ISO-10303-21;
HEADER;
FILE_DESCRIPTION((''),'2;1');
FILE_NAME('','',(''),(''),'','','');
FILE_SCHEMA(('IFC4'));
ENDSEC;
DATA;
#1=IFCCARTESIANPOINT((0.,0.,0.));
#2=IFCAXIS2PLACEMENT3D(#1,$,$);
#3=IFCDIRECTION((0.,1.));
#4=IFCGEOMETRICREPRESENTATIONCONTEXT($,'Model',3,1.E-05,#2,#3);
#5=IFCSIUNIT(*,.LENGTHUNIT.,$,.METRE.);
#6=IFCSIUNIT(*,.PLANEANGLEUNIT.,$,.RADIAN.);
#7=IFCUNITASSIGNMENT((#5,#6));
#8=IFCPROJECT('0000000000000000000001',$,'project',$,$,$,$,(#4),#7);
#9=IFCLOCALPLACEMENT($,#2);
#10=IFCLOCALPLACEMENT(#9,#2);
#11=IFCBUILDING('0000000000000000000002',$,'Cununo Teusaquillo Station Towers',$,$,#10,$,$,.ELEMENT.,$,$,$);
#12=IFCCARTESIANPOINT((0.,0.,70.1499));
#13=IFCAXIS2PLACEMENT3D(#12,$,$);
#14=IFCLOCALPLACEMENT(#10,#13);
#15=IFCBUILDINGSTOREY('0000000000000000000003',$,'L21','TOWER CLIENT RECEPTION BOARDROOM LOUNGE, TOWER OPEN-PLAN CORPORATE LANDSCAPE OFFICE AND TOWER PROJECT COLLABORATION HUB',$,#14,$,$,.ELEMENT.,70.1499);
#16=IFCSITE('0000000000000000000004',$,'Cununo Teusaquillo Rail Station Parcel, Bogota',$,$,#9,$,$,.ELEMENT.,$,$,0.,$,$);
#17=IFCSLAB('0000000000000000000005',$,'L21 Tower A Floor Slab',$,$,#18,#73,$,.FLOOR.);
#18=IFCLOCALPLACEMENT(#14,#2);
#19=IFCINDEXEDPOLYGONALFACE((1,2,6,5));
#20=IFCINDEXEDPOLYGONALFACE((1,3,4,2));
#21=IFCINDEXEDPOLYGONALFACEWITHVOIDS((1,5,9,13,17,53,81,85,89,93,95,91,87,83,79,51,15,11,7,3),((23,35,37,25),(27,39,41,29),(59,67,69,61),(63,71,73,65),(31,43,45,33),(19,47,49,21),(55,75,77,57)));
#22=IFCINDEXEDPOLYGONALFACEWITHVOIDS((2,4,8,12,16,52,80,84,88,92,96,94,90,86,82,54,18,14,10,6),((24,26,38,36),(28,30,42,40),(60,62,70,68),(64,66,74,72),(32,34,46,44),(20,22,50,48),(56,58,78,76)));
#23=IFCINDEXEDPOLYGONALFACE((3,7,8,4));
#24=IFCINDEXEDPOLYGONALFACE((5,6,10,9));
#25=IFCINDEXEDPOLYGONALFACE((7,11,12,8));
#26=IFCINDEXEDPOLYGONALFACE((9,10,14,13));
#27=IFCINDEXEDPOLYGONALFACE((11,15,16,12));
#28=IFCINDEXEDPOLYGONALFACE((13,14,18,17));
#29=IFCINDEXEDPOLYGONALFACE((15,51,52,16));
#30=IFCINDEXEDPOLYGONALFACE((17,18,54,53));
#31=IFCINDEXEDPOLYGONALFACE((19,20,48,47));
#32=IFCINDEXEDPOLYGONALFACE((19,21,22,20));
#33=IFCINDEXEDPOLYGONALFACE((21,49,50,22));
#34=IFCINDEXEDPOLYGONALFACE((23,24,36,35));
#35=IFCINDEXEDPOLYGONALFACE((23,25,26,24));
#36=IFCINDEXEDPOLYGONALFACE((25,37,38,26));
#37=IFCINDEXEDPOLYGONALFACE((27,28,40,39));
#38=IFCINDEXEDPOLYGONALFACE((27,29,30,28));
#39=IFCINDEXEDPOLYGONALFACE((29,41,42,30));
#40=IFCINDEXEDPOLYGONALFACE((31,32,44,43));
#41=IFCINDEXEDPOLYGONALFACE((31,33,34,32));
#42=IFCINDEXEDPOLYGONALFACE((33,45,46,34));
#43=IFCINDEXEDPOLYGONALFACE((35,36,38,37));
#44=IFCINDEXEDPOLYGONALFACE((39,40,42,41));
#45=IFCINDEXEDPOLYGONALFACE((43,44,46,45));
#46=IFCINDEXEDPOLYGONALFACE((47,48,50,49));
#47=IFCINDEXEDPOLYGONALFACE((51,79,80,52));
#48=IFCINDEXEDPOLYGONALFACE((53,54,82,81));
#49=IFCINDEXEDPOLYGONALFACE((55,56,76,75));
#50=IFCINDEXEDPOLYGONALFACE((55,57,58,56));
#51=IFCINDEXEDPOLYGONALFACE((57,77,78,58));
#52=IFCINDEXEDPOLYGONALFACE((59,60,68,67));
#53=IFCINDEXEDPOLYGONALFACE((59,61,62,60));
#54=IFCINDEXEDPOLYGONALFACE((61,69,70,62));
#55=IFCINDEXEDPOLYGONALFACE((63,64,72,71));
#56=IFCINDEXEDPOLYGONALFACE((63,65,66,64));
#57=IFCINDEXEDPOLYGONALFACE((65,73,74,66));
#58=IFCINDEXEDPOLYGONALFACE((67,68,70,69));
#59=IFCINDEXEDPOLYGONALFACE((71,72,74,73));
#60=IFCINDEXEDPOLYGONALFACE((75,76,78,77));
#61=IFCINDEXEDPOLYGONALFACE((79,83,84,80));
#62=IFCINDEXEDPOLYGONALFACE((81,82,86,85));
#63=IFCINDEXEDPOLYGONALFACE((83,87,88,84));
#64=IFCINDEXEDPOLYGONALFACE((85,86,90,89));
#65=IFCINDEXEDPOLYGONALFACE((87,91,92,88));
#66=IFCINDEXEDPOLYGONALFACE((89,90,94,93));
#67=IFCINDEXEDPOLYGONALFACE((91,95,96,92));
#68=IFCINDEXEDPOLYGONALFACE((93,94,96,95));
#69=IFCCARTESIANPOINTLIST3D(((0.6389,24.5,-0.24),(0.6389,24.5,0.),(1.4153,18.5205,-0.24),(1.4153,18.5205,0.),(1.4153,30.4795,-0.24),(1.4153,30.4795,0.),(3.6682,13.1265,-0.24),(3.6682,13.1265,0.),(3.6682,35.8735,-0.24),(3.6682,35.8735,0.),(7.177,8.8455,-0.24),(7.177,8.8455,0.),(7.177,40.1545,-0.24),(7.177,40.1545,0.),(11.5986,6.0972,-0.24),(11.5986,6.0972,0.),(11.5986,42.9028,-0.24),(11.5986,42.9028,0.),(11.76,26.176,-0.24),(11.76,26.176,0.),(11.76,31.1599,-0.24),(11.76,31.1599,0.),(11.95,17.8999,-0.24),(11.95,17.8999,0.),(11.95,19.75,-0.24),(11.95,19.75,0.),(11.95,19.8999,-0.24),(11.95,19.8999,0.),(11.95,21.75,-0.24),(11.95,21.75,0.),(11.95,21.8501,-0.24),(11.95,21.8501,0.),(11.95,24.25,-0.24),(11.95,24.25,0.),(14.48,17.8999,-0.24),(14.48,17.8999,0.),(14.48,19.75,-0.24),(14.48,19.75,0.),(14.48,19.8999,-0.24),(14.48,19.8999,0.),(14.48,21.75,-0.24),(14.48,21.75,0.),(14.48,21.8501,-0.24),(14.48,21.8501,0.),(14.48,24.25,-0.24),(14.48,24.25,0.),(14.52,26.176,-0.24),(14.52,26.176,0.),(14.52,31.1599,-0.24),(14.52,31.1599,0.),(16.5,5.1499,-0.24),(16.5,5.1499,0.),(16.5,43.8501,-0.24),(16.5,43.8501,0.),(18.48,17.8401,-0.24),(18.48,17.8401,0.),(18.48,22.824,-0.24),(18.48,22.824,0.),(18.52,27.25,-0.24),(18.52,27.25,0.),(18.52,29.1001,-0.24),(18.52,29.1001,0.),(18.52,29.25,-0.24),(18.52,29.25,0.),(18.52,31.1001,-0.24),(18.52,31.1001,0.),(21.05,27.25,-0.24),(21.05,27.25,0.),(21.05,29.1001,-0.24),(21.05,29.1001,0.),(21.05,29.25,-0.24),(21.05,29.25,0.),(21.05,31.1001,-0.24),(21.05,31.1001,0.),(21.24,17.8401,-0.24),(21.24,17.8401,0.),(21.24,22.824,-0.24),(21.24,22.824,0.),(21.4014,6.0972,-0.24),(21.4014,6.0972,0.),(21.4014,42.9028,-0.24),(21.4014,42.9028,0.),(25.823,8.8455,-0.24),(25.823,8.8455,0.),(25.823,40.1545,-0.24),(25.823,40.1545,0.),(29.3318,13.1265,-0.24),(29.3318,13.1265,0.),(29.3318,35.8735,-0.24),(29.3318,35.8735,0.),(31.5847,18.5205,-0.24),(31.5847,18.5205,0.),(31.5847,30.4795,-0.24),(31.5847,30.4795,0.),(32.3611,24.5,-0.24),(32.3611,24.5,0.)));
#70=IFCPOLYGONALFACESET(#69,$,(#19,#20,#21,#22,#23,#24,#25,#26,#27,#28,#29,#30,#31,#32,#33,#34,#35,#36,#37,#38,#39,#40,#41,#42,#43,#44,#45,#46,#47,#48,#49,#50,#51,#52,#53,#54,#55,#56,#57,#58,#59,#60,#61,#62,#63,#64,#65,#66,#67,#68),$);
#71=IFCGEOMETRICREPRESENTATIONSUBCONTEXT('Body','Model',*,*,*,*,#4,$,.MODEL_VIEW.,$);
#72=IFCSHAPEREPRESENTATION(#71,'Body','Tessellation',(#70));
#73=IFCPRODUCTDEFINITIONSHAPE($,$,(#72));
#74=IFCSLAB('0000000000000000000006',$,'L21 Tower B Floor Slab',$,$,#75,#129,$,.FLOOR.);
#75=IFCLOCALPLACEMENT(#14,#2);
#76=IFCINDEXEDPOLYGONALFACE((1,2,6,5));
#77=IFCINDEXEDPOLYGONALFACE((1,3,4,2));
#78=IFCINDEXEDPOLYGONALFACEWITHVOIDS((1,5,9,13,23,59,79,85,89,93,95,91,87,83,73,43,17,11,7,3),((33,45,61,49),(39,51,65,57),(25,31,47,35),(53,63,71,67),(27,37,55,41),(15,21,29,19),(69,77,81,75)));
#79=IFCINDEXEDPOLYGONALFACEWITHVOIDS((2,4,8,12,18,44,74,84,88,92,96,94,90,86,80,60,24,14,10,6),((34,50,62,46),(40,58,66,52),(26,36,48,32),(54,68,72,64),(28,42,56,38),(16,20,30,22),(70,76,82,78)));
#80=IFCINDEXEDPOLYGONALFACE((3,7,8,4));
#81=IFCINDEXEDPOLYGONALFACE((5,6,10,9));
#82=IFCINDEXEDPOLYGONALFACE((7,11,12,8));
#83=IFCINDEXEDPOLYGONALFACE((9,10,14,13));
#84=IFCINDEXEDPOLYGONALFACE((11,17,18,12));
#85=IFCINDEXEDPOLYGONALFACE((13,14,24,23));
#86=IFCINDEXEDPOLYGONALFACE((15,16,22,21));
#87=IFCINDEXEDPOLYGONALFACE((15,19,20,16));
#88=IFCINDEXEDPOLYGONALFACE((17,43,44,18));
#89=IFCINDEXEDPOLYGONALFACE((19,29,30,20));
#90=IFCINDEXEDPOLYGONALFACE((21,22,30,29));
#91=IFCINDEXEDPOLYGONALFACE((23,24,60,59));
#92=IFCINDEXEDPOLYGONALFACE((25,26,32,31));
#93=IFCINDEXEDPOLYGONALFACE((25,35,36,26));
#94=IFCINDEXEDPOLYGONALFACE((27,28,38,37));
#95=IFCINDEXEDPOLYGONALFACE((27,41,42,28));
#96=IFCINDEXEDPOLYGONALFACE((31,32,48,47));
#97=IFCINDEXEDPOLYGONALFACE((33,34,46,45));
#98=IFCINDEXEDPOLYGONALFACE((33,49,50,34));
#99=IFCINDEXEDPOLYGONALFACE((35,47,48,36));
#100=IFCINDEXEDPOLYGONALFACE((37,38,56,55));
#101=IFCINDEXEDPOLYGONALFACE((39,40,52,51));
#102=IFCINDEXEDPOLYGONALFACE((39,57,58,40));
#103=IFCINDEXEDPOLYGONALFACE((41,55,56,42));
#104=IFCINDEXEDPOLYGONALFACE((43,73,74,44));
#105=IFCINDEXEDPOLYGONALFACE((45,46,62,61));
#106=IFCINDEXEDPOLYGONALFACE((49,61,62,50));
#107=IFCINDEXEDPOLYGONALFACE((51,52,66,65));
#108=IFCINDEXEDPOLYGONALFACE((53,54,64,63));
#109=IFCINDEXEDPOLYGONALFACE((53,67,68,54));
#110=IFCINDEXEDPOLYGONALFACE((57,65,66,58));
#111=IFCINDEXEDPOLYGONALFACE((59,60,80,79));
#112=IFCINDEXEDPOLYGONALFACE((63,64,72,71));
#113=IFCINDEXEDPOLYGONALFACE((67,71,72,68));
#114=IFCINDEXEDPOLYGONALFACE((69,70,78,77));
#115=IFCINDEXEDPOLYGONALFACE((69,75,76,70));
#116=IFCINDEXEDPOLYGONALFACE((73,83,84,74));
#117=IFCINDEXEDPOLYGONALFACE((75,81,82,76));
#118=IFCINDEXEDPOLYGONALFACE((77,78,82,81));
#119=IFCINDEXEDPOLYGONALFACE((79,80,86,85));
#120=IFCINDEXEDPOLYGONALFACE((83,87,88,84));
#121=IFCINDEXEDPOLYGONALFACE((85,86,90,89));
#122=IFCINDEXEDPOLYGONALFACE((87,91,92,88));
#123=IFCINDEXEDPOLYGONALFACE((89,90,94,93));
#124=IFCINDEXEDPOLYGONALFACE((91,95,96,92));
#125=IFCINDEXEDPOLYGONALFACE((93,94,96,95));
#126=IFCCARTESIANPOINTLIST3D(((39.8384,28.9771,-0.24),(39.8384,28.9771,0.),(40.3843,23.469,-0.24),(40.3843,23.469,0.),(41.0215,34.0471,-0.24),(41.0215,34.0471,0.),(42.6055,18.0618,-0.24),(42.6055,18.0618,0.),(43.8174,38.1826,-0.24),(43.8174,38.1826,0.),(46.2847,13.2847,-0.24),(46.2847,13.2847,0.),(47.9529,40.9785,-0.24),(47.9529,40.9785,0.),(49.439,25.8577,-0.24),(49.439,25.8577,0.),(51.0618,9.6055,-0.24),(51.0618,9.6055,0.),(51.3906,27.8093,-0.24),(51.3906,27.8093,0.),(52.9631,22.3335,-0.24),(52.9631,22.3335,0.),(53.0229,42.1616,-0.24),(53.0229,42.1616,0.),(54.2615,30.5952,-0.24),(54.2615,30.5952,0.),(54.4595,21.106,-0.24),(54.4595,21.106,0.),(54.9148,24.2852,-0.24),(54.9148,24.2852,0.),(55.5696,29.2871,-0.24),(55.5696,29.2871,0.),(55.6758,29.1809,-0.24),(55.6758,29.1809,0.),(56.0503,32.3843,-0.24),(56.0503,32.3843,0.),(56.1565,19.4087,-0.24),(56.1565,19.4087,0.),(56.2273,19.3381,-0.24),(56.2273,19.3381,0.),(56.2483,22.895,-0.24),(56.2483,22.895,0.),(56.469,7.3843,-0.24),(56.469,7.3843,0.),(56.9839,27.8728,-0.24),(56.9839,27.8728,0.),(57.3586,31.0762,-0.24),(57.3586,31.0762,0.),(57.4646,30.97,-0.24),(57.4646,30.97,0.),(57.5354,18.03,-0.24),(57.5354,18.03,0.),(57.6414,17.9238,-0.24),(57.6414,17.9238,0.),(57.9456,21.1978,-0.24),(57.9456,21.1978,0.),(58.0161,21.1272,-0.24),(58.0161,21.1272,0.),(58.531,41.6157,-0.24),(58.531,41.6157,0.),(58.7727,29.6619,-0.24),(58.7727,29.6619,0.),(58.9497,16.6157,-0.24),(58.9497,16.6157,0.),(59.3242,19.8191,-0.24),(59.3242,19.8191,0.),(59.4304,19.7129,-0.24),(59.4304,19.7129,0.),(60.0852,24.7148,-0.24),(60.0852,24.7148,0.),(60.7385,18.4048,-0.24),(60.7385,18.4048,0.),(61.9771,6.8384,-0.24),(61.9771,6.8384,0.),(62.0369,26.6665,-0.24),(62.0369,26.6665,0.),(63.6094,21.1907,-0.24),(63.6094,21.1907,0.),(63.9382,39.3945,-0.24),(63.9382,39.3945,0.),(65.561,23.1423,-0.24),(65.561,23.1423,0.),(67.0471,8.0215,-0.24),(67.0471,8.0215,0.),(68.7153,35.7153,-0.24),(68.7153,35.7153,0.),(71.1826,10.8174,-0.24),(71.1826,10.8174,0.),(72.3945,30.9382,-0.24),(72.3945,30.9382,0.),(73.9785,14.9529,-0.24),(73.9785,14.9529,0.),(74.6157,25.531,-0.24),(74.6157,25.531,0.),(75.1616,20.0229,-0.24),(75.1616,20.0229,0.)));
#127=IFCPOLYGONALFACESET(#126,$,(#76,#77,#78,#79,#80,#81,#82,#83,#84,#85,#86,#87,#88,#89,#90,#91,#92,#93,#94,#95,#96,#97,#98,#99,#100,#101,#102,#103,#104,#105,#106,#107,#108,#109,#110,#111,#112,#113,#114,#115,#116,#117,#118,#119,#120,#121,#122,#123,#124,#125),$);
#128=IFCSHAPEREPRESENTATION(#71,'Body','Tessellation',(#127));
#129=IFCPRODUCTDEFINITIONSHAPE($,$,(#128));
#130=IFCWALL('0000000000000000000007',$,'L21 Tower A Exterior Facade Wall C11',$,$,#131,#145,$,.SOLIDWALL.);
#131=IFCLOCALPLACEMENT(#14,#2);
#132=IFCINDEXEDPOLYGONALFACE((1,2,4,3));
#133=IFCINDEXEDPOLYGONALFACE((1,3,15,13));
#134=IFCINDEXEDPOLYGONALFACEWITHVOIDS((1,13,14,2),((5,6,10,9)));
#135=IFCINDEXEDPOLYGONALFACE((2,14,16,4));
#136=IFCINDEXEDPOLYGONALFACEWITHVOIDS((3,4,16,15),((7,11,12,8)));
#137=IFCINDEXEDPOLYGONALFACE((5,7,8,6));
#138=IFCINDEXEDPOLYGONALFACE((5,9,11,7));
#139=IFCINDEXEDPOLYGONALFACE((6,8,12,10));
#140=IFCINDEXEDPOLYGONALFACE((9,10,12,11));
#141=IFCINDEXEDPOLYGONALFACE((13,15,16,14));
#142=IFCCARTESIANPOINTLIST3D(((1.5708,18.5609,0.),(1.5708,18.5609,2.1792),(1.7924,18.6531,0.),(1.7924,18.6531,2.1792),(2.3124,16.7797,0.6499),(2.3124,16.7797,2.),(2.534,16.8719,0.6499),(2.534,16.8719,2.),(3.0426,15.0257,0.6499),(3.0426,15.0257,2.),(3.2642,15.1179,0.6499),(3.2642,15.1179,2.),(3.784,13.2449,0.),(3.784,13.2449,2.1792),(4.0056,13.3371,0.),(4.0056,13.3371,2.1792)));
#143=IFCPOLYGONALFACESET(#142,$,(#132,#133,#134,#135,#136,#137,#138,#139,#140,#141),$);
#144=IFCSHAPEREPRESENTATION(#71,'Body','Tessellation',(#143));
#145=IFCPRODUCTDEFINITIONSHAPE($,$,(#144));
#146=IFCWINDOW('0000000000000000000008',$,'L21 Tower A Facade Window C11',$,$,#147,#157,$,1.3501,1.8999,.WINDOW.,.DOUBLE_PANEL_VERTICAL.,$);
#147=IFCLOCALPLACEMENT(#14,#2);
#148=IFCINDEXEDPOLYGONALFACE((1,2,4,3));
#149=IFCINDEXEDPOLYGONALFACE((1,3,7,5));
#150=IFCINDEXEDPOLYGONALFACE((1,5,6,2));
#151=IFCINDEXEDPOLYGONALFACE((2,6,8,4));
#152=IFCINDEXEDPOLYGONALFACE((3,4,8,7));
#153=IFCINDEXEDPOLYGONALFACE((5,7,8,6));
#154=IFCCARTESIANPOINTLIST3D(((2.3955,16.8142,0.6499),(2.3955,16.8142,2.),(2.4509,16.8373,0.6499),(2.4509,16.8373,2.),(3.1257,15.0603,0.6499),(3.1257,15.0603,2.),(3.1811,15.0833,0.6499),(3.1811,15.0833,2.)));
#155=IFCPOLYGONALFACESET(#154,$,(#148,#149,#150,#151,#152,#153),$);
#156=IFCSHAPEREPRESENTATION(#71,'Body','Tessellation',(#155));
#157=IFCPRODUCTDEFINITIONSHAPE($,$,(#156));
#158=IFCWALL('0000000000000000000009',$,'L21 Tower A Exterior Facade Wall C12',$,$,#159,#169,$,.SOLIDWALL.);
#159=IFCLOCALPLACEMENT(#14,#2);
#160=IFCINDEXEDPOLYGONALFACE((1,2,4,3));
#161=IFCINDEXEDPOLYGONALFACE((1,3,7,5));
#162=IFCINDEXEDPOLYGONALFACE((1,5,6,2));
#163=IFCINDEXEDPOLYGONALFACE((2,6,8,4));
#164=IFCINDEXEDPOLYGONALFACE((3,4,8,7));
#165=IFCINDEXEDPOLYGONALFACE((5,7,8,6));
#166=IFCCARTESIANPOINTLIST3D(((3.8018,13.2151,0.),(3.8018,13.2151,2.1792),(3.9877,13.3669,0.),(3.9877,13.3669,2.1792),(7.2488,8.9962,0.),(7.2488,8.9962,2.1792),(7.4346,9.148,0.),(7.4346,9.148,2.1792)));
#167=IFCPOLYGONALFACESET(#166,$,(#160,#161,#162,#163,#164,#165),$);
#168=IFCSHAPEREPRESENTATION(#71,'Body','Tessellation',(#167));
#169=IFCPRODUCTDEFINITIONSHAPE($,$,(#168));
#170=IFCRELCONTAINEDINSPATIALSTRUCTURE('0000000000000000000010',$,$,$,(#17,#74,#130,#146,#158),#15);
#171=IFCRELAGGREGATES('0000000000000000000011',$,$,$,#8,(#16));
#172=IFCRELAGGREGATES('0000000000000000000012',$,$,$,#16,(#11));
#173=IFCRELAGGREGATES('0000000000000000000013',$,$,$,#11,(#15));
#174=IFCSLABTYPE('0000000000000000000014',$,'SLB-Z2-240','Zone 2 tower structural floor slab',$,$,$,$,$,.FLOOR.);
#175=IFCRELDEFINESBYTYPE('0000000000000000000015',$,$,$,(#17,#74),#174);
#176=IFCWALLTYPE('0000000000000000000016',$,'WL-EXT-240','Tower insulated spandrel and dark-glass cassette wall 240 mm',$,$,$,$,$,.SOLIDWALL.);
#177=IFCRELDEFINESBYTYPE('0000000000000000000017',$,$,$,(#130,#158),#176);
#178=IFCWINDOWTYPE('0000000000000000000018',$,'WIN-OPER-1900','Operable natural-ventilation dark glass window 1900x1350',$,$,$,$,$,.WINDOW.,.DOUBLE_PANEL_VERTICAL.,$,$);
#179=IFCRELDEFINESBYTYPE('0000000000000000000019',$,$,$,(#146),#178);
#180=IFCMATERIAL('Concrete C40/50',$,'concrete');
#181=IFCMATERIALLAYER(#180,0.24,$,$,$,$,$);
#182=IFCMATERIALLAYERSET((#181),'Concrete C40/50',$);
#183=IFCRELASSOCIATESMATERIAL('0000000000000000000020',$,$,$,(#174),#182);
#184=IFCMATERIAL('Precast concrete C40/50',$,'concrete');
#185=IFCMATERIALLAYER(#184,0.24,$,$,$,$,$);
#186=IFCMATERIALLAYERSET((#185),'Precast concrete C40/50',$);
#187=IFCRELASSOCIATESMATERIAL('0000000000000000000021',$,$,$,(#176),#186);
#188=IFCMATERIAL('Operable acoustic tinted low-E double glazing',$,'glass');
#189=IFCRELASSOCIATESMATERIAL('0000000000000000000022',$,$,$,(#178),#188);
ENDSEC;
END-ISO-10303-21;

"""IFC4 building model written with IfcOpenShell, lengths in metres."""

from ifc_helpers import new_model, si_unit, direction, frame, frame_2d, origin, place, context, subcontext, project, spatial, polyline, rectangle, outline, extrude, source, transform, mapped, material, layer, layer_set, type_object, element, fill, save


model = new_model("IFC4")

# Units and contexts
model_context = context("Model", 3, precision=1e-05, world=origin(), true_north=direction((0.0, 1.0)))
body_context = subcontext(model_context, "Body", "Model", "MODEL_VIEW")
ifc_project = project(units=[si_unit("LENGTHUNIT", "METRE"), si_unit("PLANEANGLEUNIT", "RADIAN")], contexts=[model_context])

# Site, building, storey
site_placement = place(None, origin())
site = spatial("IfcSite", under=ifc_project, at=site_placement, Name="Cununo Teusaquillo Rail Station Parcel, Bogota", CompositionType="ELEMENT", RefElevation=0.0)
building_placement = place(site_placement, origin())
building = spatial("IfcBuilding", under=site, at=building_placement, Name="Cununo Teusaquillo Station Towers", CompositionType="ELEMENT")
storey_placement = place(building_placement, frame((0.0, 0.0, 70.1499)))
storey = spatial("IfcBuildingStorey", under=building, at=storey_placement, Name="L21", Description="TOWER CLIENT RECEPTION BOARDROOM LOUNGE, TOWER OPEN-PLAN CORPORATE LANDSCAPE OFFICE AND TOWER PROJECT COLLABORATION HUB", CompositionType="ELEMENT", Elevation=70.1499)

# Slabs
ifc_material_1 = material(Name="Concrete C40/50", Category="concrete")
ifc_layer_1 = layer(ifc_material_1, 0.24)
ifc_layer_set_1 = layer_set([ifc_layer_1], Name="Concrete C40/50")
slab_type_1 = type_object("IfcSlabType", Name="SLB-Z2-240", Description="Zone 2 tower structural floor slab", PredefinedType="FLOOR", material=ifc_layer_set_1)
slab_1_placement = place(storey_placement, frame((0.0, 0.0, -0.24)))
element("IfcSlab", 1, at=slab_1_placement, inside=storey, type_object=slab_type_1, Name="L21 Tower A Floor Slab", PredefinedType="FLOOR", context=body_context, shape_type="SweptSolid", body=[
    extrude(outline(polyline([(32.3611, 24.5), (31.5847, 30.4795), (29.3318, 35.8735), (25.823, 40.1545), (21.4014, 42.9028), (16.5, 43.8501), (11.5986, 42.9028), (7.177, 40.1545), (3.6682, 35.8735), (1.4153, 30.4795), (0.6389, 24.5), (1.4153, 18.5205), (3.6682, 13.1265), (7.177, 8.8455), (11.5986, 6.0972), (16.5, 5.1499), (21.4014, 6.0972), (25.823, 8.8455), (29.3318, 13.1265), (31.5847, 18.5205), (32.3611, 24.5)]), holes=[polyline([(14.52, 26.176), (14.52, 31.1599), (11.76, 31.1599), (11.76, 26.176), (14.52, 26.176)]), polyline([(18.48, 22.824), (18.48, 17.8401), (21.24, 17.8401), (21.24, 22.824), (18.48, 22.824)]), polyline([(11.95, 21.8501), (14.48, 21.8501), (14.48, 24.25), (11.95, 24.25), (11.95, 21.8501)]), polyline([(11.95, 17.8999), (14.48, 17.8999), (14.48, 19.75), (11.95, 19.75), (11.95, 17.8999)]), polyline([(11.95, 19.8999), (14.48, 19.8999), (14.48, 21.75), (11.95, 21.75), (11.95, 19.8999)]), polyline([(18.52, 27.25), (21.05, 27.25), (21.05, 29.1001), (18.52, 29.1001), (18.52, 27.25)]), polyline([(18.52, 29.25), (21.05, 29.25), (21.05, 31.1001), (18.52, 31.1001), (18.52, 29.25)])]), origin(), (0.0, 0.0, 1.0), 0.24),
])
slab_2_placement = place(storey_placement, frame((0.0, 0.0, -0.24)))
element("IfcSlab", 2, at=slab_2_placement, inside=storey, type_object=slab_type_1, Name="L21 Tower B Floor Slab", PredefinedType="FLOOR", context=body_context, shape_type="SweptSolid", body=[
    extrude(outline(polyline([(68.7153, 35.7153), (63.9382, 39.3945), (58.531, 41.6157), (53.0229, 42.1616), (47.9529, 40.9785), (43.8174, 38.1826), (41.0215, 34.0471), (39.8384, 28.9771), (40.3843, 23.469), (42.6055, 18.0618), (46.2847, 13.2847), (51.0618, 9.6055), (56.469, 7.3843), (61.9771, 6.8384), (67.0471, 8.0215), (71.1826, 10.8174), (73.9785, 14.9529), (75.1616, 20.0229), (74.6157, 25.531), (72.3945, 30.9382), (68.7153, 35.7153)]), holes=[polyline([(54.9148, 24.2852), (51.3906, 27.8093), (49.439, 25.8577), (52.9631, 22.3335), (54.9148, 24.2852)]), polyline([(60.0852, 24.7148), (63.6094, 21.1907), (65.561, 23.1423), (62.0369, 26.6665), (60.0852, 24.7148)]), polyline([(56.1565, 19.4087), (57.9456, 21.1978), (56.2483, 22.895), (54.4595, 21.106), (56.1565, 19.4087)]), polyline([(58.9497, 16.6157), (60.7385, 18.4048), (59.4304, 19.7129), (57.6414, 17.9238), (58.9497, 16.6157)]), polyline([(57.5354, 18.03), (59.3242, 19.8191), (58.0161, 21.1272), (56.2273, 19.3381), (57.5354, 18.03)]), polyline([(56.9839, 27.8728), (58.7727, 29.6619), (57.4646, 30.97), (55.6758, 29.1809), (56.9839, 27.8728)]), polyline([(55.5696, 29.2871), (57.3586, 31.0762), (56.0503, 32.3843), (54.2615, 30.5952), (55.5696, 29.2871)])]), origin(), (0.0, 0.0, 1.0), 0.24),
])

# Wall, opening, window
ifc_material_2 = material(Name="Precast concrete C40/50", Category="concrete")
ifc_layer_2 = layer(ifc_material_2, 0.24)
ifc_layer_set_2 = layer_set([ifc_layer_2], Name="Precast concrete C40/50")
wall_type_1 = type_object("IfcWallType", Name="WL-EXT-240", Description="Tower insulated spandrel and dark-glass cassette wall 240 mm", PredefinedType="SOLIDWALL", material=ifc_layer_set_2)
wall_1_placement = place(storey_placement, frame((3.8948, 13.291, 0.0), z_axis=(0.0, 0.0, 1.0), x_axis=(-0.384344, 0.92319, 0.0)))
wall_1 = element("IfcWall", 3, at=wall_1_placement, inside=storey, type_object=wall_type_1, Name="L21 Tower A Exterior Facade Wall C11", PredefinedType="SOLIDWALL", context=body_context, shape_type="SweptSolid", body=[
    extrude(rectangle(XDim=5.7583, YDim=0.24, at=frame_2d((2.8792, 0.0))), origin(), (0.0, 0.0, 1.0), 2.1792),
])
shared_shape_1 = source(origin(), body_context, "Body", "SweptSolid", [
    extrude(rectangle(XDim=1.8999, YDim=1.3501, at=frame_2d((0.95, 0.675))), frame((0.0, 0.1299, 0.0), z_axis=(0.0, -1.0, 0.0), x_axis=(1.0, 0.0, 0.0)), (0.0, 0.0, 1.0), 0.26),
])
opening_1_placement = place(wall_1_placement, frame((1.929, 0.0, 0.6499)))
opening_1 = element("IfcOpeningElement", 4, at=opening_1_placement, cuts=wall_1, PredefinedType="OPENING", context=body_context, shape_type="MappedRepresentation", body=[
    mapped(shared_shape_1, transform((0.0, 0.0, 0.0), x_axis=(1.0, 0.0, 0.0), y_axis=(0.0, 1.0, 0.0), z_axis=(0.0, 0.0, 1.0), scale=1.0)),
])
ifc_material_3 = material(Name="Operable acoustic tinted low-E double glazing", Category="glass")
window_type = type_object("IfcWindowType", Name="WIN-OPER-1900", Description="Operable natural-ventilation dark glass window 1900x1350", PartitioningType="DOUBLE_PANEL_VERTICAL", PredefinedType="WINDOW", material=ifc_material_3)
shared_shape_2 = source(origin(), body_context, "Body", "SweptSolid", [
    extrude(rectangle(XDim=1.8999, YDim=1.3501, at=frame_2d((0.95, 0.675))), frame((0.0, 0.03, 0.0), z_axis=(0.0, -1.0, 0.0), x_axis=(1.0, 0.0, 0.0)), (0.0, 0.0, 1.0), 0.0601),
])
window_1_placement = place(opening_1_placement, origin())
window_1 = element("IfcWindow", 5, at=window_1_placement, inside=storey, type_object=window_type, Name="L21 Tower A Facade Window C11", OverallHeight=1.3501, OverallWidth=1.8999, PartitioningType="DOUBLE_PANEL_VERTICAL", PredefinedType="WINDOW", context=body_context, shape_type="MappedRepresentation", body=[
    mapped(shared_shape_2, transform((0.0, 0.0, 0.0), x_axis=(1.0, 0.0, 0.0), y_axis=(0.0, 1.0, 0.0), z_axis=(0.0, 0.0, 1.0), scale=1.0)),
])
fill(opening_1, window_1)

# Wall
wall_2_placement = place(storey_placement, frame((7.3418, 9.072, 0.0), z_axis=(0.0, 0.0, 1.0), x_axis=(-0.632701, 0.774396, 0.0)))
element("IfcWall", 6, at=wall_2_placement, inside=storey, type_object=wall_type_1, Name="L21 Tower A Exterior Facade Wall C12", PredefinedType="SOLIDWALL", context=body_context, shape_type="SweptSolid", body=[
    extrude(rectangle(XDim=5.448, YDim=0.24, at=frame_2d((2.7241, 0.0))), origin(), (0.0, 0.0, 1.0), 2.1792),
])

save(model, "model.ifc")
